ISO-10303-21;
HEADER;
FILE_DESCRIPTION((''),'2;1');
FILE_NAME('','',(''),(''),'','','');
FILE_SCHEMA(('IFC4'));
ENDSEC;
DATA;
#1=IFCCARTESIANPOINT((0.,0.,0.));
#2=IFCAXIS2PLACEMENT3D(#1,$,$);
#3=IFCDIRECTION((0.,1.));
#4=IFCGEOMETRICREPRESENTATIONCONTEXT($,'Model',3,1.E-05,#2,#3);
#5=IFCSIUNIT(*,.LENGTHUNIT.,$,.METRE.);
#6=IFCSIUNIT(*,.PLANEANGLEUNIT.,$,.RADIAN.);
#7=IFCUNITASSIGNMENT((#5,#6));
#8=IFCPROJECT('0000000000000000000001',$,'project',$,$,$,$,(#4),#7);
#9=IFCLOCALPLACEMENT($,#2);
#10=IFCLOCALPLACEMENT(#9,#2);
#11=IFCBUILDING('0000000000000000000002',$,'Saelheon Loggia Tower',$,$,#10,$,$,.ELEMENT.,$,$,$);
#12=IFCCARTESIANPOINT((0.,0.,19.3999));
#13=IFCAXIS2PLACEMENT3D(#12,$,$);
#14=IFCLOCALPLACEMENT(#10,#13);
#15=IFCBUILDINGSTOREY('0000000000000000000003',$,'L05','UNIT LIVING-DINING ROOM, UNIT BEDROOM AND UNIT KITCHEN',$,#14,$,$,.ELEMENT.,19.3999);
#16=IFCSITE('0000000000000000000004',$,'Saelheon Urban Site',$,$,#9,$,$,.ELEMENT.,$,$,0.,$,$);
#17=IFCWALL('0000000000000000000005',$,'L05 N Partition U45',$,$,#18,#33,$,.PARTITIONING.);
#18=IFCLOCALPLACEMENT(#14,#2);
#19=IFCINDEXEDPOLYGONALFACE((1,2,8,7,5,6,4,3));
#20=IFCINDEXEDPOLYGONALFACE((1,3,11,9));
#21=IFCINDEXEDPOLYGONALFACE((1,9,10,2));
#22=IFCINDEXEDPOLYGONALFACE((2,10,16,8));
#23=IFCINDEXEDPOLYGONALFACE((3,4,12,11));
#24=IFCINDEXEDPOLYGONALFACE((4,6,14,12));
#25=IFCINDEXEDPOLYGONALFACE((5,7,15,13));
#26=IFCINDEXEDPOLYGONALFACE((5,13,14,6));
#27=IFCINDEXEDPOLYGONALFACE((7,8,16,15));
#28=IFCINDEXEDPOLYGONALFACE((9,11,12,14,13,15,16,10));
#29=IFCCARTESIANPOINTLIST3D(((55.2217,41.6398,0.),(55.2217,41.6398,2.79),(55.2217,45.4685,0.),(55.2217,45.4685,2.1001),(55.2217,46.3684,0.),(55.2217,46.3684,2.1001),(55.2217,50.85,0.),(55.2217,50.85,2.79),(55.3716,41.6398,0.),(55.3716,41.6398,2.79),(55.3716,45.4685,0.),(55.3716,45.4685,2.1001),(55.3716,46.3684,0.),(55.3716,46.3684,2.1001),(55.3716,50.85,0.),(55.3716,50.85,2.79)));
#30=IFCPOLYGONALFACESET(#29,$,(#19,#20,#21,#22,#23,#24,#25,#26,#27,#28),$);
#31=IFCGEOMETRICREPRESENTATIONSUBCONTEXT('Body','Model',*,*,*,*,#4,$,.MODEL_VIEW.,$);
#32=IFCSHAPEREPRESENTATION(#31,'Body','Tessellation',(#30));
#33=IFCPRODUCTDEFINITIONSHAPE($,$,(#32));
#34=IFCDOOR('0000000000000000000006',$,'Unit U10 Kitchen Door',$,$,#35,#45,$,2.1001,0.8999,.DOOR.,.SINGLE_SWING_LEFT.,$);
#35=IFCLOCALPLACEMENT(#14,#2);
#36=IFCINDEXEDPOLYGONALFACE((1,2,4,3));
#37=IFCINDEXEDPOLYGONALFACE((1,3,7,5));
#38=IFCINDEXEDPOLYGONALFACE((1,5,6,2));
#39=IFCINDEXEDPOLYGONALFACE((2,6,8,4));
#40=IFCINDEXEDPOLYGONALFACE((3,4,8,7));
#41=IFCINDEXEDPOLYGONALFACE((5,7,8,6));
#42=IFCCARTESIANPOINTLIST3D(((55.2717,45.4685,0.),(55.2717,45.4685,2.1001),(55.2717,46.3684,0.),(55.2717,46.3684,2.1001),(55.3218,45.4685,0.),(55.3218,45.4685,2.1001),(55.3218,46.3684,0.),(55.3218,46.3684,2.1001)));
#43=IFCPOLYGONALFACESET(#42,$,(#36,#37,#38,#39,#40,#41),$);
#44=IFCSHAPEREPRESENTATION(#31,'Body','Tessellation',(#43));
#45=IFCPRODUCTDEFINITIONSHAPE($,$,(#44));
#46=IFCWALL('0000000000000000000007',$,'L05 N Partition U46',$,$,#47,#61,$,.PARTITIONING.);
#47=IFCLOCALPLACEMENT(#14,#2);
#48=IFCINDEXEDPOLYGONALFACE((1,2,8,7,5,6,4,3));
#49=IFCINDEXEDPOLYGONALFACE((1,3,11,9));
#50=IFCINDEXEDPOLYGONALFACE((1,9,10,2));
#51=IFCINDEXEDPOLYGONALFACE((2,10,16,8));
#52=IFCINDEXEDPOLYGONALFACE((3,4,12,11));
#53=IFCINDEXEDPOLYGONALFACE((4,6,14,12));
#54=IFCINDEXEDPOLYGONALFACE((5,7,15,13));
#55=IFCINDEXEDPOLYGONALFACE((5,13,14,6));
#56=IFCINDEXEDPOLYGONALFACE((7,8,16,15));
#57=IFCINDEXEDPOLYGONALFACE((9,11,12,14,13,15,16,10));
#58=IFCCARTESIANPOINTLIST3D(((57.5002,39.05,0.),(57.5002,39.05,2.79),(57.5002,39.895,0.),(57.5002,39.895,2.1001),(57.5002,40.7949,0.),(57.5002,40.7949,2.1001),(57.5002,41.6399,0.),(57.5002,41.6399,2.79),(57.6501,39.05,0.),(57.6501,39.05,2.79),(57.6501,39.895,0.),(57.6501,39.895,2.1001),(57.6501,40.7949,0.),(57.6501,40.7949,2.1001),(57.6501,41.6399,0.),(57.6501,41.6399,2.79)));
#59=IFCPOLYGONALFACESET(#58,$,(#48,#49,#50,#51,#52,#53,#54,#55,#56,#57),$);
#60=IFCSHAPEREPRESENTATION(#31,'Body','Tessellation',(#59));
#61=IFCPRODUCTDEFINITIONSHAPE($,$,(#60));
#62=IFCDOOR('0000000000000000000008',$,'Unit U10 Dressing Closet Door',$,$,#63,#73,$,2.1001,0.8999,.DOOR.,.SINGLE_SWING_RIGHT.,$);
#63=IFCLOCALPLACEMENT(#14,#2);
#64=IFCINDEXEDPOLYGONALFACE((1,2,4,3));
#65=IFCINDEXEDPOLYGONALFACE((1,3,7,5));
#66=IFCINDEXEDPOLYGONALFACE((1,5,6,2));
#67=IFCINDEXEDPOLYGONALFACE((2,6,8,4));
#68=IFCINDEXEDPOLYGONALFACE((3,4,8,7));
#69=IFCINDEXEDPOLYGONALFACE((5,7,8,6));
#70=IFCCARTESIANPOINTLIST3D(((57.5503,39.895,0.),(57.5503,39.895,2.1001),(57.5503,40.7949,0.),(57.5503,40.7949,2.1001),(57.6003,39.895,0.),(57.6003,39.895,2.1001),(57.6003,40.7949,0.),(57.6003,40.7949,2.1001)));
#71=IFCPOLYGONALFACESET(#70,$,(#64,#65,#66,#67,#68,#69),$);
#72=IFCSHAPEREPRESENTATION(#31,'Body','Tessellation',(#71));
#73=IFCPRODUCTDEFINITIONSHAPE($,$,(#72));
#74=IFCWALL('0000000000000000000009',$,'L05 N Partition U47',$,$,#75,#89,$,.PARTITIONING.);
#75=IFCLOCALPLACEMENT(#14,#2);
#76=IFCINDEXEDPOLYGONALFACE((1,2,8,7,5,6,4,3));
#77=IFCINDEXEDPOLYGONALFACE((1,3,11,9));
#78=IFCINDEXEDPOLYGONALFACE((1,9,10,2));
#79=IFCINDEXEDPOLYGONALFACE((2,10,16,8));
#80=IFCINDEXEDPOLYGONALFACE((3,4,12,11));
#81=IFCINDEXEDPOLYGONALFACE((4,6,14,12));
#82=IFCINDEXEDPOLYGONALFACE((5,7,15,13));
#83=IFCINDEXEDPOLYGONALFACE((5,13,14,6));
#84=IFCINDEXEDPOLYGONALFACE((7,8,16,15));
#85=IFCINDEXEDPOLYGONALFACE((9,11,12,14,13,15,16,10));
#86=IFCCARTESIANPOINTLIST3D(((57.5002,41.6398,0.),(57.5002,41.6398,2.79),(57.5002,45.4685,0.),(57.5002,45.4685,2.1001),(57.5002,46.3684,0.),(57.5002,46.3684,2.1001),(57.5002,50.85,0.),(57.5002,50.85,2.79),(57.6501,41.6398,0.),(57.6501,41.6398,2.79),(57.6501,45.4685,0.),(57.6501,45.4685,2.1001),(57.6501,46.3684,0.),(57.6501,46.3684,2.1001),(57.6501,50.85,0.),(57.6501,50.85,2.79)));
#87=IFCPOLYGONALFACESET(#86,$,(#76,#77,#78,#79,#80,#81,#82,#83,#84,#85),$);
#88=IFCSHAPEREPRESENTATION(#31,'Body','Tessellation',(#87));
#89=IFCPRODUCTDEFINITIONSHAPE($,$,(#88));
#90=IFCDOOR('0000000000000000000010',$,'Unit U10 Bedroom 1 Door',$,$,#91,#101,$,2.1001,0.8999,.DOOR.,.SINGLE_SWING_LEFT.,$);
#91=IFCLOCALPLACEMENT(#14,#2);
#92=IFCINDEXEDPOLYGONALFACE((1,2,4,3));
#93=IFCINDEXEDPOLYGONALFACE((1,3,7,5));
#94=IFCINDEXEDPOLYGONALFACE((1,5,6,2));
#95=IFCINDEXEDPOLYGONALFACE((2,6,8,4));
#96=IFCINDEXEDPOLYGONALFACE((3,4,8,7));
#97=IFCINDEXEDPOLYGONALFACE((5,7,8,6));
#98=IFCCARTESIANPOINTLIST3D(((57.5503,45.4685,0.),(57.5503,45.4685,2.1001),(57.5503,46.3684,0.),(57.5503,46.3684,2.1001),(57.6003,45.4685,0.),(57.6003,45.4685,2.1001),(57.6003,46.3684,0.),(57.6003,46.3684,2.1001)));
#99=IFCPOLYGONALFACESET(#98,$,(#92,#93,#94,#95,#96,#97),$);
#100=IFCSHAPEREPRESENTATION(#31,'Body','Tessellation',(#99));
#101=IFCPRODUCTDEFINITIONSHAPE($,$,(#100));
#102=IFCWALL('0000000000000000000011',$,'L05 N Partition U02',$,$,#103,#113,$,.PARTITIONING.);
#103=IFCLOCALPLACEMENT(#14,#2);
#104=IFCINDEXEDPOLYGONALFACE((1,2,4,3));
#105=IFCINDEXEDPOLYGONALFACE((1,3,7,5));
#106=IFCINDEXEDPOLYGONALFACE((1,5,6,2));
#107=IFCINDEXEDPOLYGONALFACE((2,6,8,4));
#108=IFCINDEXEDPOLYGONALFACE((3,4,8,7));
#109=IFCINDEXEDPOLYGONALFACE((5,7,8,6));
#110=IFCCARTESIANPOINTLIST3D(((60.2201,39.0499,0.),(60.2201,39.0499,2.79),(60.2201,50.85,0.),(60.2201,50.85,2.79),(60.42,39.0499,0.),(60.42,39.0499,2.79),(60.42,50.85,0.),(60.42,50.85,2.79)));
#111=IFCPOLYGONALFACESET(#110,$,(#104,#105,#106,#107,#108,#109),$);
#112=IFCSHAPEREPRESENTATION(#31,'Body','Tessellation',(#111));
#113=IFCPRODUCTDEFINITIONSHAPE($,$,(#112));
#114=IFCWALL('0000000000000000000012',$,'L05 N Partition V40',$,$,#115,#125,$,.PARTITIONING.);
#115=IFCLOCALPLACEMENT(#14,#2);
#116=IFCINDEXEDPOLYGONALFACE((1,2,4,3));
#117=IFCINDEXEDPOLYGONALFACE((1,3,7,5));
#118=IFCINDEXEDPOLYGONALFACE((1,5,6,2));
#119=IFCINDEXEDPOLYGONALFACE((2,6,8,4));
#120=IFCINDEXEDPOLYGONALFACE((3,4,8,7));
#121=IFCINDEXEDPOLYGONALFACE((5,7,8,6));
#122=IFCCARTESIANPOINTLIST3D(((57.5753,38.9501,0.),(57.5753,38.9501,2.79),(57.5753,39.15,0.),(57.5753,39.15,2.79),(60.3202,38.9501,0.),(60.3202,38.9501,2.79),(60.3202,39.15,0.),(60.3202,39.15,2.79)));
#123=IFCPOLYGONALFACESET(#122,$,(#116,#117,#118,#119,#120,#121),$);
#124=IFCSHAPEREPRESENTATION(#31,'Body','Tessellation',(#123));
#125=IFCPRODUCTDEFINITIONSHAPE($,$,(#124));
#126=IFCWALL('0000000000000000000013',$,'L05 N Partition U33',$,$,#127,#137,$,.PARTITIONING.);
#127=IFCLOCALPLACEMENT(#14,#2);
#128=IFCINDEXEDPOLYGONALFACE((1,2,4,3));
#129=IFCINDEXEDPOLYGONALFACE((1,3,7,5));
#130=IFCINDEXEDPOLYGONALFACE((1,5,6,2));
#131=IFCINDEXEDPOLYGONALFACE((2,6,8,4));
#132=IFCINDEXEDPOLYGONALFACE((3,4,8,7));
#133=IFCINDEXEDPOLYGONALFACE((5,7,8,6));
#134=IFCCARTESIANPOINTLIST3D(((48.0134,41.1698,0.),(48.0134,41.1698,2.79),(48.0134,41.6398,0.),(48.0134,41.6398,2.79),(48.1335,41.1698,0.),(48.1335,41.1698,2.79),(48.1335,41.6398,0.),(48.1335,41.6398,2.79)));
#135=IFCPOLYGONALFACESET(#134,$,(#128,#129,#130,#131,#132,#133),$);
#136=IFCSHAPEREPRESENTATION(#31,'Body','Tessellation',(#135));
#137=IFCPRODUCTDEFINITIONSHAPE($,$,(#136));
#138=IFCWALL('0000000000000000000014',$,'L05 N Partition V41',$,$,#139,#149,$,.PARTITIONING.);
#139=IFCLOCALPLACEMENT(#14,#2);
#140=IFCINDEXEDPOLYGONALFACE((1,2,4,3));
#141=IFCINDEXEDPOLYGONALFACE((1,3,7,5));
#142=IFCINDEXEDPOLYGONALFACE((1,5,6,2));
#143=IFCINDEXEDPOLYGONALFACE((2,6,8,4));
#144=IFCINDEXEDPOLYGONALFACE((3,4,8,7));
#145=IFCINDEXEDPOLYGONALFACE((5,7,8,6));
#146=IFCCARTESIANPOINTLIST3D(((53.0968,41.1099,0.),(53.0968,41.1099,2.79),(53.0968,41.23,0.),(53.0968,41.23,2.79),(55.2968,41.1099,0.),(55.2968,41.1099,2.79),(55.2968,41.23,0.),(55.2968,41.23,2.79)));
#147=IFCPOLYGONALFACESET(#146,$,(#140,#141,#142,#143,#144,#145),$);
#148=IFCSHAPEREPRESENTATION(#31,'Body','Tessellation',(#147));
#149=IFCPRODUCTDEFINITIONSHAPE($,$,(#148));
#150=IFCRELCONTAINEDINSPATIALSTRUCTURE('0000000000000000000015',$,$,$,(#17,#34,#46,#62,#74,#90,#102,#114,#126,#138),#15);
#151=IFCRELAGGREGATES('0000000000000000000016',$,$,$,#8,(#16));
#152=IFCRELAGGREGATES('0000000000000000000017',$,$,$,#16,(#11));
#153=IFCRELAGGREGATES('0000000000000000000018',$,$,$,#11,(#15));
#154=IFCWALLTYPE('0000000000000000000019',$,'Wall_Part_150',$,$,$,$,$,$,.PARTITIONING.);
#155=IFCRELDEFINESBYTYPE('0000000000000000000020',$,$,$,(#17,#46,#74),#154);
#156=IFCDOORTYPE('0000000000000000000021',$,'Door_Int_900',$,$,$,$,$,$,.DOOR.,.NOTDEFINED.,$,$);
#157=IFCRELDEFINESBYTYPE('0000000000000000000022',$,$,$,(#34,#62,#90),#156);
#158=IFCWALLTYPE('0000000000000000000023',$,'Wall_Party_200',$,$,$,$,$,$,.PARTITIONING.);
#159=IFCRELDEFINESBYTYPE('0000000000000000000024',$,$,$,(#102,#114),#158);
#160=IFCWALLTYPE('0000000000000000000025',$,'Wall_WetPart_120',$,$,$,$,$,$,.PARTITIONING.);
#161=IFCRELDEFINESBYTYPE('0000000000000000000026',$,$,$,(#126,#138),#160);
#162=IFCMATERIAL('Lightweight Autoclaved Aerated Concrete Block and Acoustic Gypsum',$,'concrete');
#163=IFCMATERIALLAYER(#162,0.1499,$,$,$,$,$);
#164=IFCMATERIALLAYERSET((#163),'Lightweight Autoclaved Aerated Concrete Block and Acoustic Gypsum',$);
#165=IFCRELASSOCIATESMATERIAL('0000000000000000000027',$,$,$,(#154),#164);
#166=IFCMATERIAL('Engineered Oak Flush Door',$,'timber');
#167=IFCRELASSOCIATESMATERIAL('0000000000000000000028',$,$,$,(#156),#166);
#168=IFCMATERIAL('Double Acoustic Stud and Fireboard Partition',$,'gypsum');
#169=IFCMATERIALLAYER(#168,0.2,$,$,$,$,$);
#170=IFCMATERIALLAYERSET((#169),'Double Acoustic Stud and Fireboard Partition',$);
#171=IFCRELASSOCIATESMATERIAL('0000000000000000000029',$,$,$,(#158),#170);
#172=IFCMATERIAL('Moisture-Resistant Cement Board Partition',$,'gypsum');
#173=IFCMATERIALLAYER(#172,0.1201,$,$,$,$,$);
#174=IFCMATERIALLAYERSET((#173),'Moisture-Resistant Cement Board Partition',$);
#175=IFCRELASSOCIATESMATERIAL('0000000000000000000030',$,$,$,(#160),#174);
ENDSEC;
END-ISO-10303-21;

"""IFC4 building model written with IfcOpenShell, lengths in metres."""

from ifc_helpers import new_model, si_unit, direction, frame, frame_2d, origin, place, context, subcontext, project, spatial, rectangle, extrude, source, transform, mapped, material, layer, layer_set, type_object, element, fill, save


model = new_model("IFC4")

# Units and contexts
model_context = context("Model", 3, precision=1e-05, world=origin(), true_north=direction((0.0, 1.0)))
body_context = subcontext(model_context, "Body", "Model", "MODEL_VIEW")
ifc_project = project(units=[si_unit("LENGTHUNIT", "METRE"), si_unit("PLANEANGLEUNIT", "RADIAN")], contexts=[model_context])

# Site, building, storey
site_placement = place(None, origin())
site = spatial("IfcSite", under=ifc_project, at=site_placement, Name="Saelheon Urban Site", CompositionType="ELEMENT", RefElevation=0.0)
building_placement = place(site_placement, origin())
building = spatial("IfcBuilding", under=site, at=building_placement, Name="Saelheon Loggia Tower", CompositionType="ELEMENT")
storey_placement = place(building_placement, frame((0.0, 0.0, 19.3999)))
storey = spatial("IfcBuildingStorey", under=building, at=storey_placement, Name="L05", Description="UNIT LIVING-DINING ROOM, UNIT BEDROOM AND UNIT KITCHEN", CompositionType="ELEMENT", Elevation=19.3999)

# Shared definitions
ifc_material_1 = material(Name="Lightweight Autoclaved Aerated Concrete Block and Acoustic Gypsum", Category="concrete")
ifc_layer_1 = layer(ifc_material_1, 0.1499)
ifc_layer_set_1 = layer_set([ifc_layer_1], Name="Lightweight Autoclaved Aerated Concrete Block and Acoustic Gypsum")
wall_type_1 = type_object("IfcWallType", Name="Wall_Part_150", PredefinedType="PARTITIONING", material=ifc_layer_set_1)

# Shared definitions
ifc_material_2 = material(Name="Engineered Oak Flush Door", Category="timber")
door_type_1 = type_object("IfcDoorType", Name="Door_Int_900", OperationType="NOTDEFINED", PredefinedType="DOOR", material=ifc_material_2)
shared_shape_1 = source(origin(), body_context, "Body", "SweptSolid", [
    extrude(rectangle(XDim=0.8999, YDim=2.1001, at=frame_2d((0.45, 1.05))), frame((0.0, 0.0249, 0.0), z_axis=(0.0, -1.0, 0.0), x_axis=(1.0, 0.0, 0.0)), (0.0, 0.0, 1.0), 0.05),
])

# Walls, openings, doors
wall_1_placement = place(storey_placement, frame((55.2966, 41.6399, 0.0), z_axis=(0.0, 0.0, 1.0), x_axis=(0.0, 1.0, 0.0)))
wall_1 = element("IfcWall", 1, at=wall_1_placement, inside=storey, type_object=wall_type_1, Name="L05 N Partition U45", PredefinedType="PARTITIONING", context=body_context, shape_type="SweptSolid", body=[
    extrude(rectangle(XDim=9.2102, YDim=0.1499, at=frame_2d((4.605, 0.0))), origin(), (0.0, 0.0, 1.0), 2.79),
])
opening_1_placement = place(wall_1_placement, frame((3.8286, 0.0, 0.0)))
opening_1 = element("IfcOpeningElement", 2, at=opening_1_placement, cuts=wall_1, PredefinedType="OPENING", context=body_context, shape_type="SweptSolid", body=[
    extrude(rectangle(XDim=0.8999, YDim=2.1001, at=frame_2d((0.45, 1.05))), frame((0.0, 0.0869, 0.0), z_axis=(0.0, -1.0, 0.0), x_axis=(1.0, 0.0, 0.0)), (0.0, 0.0, 1.0), 0.1738),
])
door_1_placement = place(opening_1_placement, origin())
door_1 = element("IfcDoor", 3, at=door_1_placement, inside=storey, type_object=door_type_1, Name="Unit U10 Kitchen Door", OperationType="SINGLE_SWING_LEFT", OverallHeight=2.1001, OverallWidth=0.8999, PredefinedType="DOOR", context=body_context, shape_type="MappedRepresentation", body=[
    mapped(shared_shape_1, transform((0.0, 0.0, 0.0), scale=1.0)),
])
fill(opening_1, door_1)
wall_2_placement = place(storey_placement, frame((57.5752, 39.05, 0.0), z_axis=(0.0, 0.0, 1.0), x_axis=(0.0, 1.0, 0.0)))
wall_2 = element("IfcWall", 4, at=wall_2_placement, inside=storey, type_object=wall_type_1, Name="L05 N Partition U46", PredefinedType="PARTITIONING", context=body_context, shape_type="SweptSolid", body=[
    extrude(rectangle(XDim=2.5898, YDim=0.1499, at=frame_2d((1.2949, 0.0))), origin(), (0.0, 0.0, 1.0), 2.79),
])
opening_2_placement = place(wall_2_placement, frame((0.845, 0.0, 0.0)))
opening_2 = element("IfcOpeningElement", 5, at=opening_2_placement, cuts=wall_2, PredefinedType="OPENING", context=body_context, shape_type="SweptSolid", body=[
    extrude(rectangle(XDim=0.8999, YDim=2.1001, at=frame_2d((0.45, 1.05))), frame((0.0, 0.0869, 0.0), z_axis=(0.0, -1.0, 0.0), x_axis=(1.0, 0.0, 0.0)), (0.0, 0.0, 1.0), 0.1738),
])
door_2_placement = place(opening_2_placement, origin())
door_2 = element("IfcDoor", 6, at=door_2_placement, inside=storey, type_object=door_type_1, Name="Unit U10 Dressing Closet Door", OperationType="SINGLE_SWING_RIGHT", OverallHeight=2.1001, OverallWidth=0.8999, PredefinedType="DOOR", context=body_context, shape_type="MappedRepresentation", body=[
    mapped(shared_shape_1, transform((0.0, 0.0, 0.0), scale=1.0)),
])
fill(opening_2, door_2)
wall_3_placement = place(storey_placement, frame((57.5752, 41.6399, 0.0), z_axis=(0.0, 0.0, 1.0), x_axis=(0.0, 1.0, 0.0)))
wall_3 = element("IfcWall", 7, at=wall_3_placement, inside=storey, type_object=wall_type_1, Name="L05 N Partition U47", PredefinedType="PARTITIONING", context=body_context, shape_type="SweptSolid", body=[
    extrude(rectangle(XDim=9.2102, YDim=0.1499, at=frame_2d((4.605, 0.0))), origin(), (0.0, 0.0, 1.0), 2.79),
])
opening_3_placement = place(wall_3_placement, frame((3.8286, 0.0, 0.0)))
opening_3 = element("IfcOpeningElement", 8, at=opening_3_placement, cuts=wall_3, PredefinedType="OPENING", context=body_context, shape_type="SweptSolid", body=[
    extrude(rectangle(XDim=0.8999, YDim=2.1001, at=frame_2d((0.45, 1.05))), frame((0.0, 0.0869, 0.0), z_axis=(0.0, -1.0, 0.0), x_axis=(1.0, 0.0, 0.0)), (0.0, 0.0, 1.0), 0.1738),
])
door_3_placement = place(opening_3_placement, origin())
door_3 = element("IfcDoor", 9, at=door_3_placement, inside=storey, type_object=door_type_1, Name="Unit U10 Bedroom 1 Door", OperationType="SINGLE_SWING_LEFT", OverallHeight=2.1001, OverallWidth=0.8999, PredefinedType="DOOR", context=body_context, shape_type="MappedRepresentation", body=[
    mapped(shared_shape_1, transform((0.0, 0.0, 0.0), scale=1.0)),
])
fill(opening_3, door_3)

# Wall
ifc_material_3 = material(Name="Double Acoustic Stud and Fireboard Partition", Category="gypsum")
ifc_layer_2 = layer(ifc_material_3, 0.2)
ifc_layer_set_2 = layer_set([ifc_layer_2], Name="Double Acoustic Stud and Fireboard Partition")
wall_type_2 = type_object("IfcWallType", Name="Wall_Party_200", PredefinedType="PARTITIONING", material=ifc_layer_set_2)
wall_4_placement = place(storey_placement, frame((60.3201, 39.05, 0.0), z_axis=(0.0, 0.0, 1.0), x_axis=(0.0, 1.0, 0.0)))
element("IfcWall", 10, at=wall_4_placement, inside=storey, type_object=wall_type_2, Name="L05 N Partition U02", PredefinedType="PARTITIONING", context=body_context, shape_type="SweptSolid", body=[
    extrude(rectangle(XDim=11.8, YDim=0.2, at=frame_2d((5.8999, 0.0))), origin(), (0.0, 0.0, 1.0), 2.79),
])

# Walls
wall_5_placement = place(storey_placement, frame((57.5752, 39.05, 0.0), z_axis=(0.0, 0.0, 1.0), x_axis=(1.0, 0.0, 0.0)))
element("IfcWall", 11, at=wall_5_placement, inside=storey, type_object=wall_type_2, Name="L05 N Partition V40", PredefinedType="PARTITIONING", context=body_context, shape_type="SweptSolid", body=[
    extrude(rectangle(XDim=2.7449, YDim=0.2, at=frame_2d((1.3726, 0.0))), origin(), (0.0, 0.0, 1.0), 2.79),
])
ifc_material_4 = material(Name="Moisture-Resistant Cement Board Partition", Category="gypsum")
ifc_layer_3 = layer(ifc_material_4, 0.1201)
ifc_layer_set_3 = layer_set([ifc_layer_3], Name="Moisture-Resistant Cement Board Partition")
wall_type_3 = type_object("IfcWallType", Name="Wall_WetPart_120", PredefinedType="PARTITIONING", material=ifc_layer_set_3)
wall_6_placement = place(storey_placement, frame((48.0735, 41.1699, 0.0), z_axis=(0.0, 0.0, 1.0), x_axis=(0.0, 1.0, 0.0)))
element("IfcWall", 12, at=wall_6_placement, inside=storey, type_object=wall_type_3, Name="L05 N Partition U33", PredefinedType="PARTITIONING", context=body_context, shape_type="SweptSolid", body=[
    extrude(rectangle(XDim=0.47, YDim=0.1201, at=frame_2d((0.2349, 0.0))), origin(), (0.0, 0.0, 1.0), 2.79),
])
wall_7_placement = place(storey_placement, frame((53.0967, 41.1699, 0.0), z_axis=(0.0, 0.0, 1.0), x_axis=(1.0, 0.0, 0.0)))
element("IfcWall", 13, at=wall_7_placement, inside=storey, type_object=wall_type_3, Name="L05 N Partition V41", PredefinedType="PARTITIONING", context=body_context, shape_type="SweptSolid", body=[
    extrude(rectangle(XDim=2.2, YDim=0.1201, at=frame_2d((1.1001, 0.0))), origin(), (0.0, 0.0, 1.0), 2.79),
])

save(model, "model.ifc")
